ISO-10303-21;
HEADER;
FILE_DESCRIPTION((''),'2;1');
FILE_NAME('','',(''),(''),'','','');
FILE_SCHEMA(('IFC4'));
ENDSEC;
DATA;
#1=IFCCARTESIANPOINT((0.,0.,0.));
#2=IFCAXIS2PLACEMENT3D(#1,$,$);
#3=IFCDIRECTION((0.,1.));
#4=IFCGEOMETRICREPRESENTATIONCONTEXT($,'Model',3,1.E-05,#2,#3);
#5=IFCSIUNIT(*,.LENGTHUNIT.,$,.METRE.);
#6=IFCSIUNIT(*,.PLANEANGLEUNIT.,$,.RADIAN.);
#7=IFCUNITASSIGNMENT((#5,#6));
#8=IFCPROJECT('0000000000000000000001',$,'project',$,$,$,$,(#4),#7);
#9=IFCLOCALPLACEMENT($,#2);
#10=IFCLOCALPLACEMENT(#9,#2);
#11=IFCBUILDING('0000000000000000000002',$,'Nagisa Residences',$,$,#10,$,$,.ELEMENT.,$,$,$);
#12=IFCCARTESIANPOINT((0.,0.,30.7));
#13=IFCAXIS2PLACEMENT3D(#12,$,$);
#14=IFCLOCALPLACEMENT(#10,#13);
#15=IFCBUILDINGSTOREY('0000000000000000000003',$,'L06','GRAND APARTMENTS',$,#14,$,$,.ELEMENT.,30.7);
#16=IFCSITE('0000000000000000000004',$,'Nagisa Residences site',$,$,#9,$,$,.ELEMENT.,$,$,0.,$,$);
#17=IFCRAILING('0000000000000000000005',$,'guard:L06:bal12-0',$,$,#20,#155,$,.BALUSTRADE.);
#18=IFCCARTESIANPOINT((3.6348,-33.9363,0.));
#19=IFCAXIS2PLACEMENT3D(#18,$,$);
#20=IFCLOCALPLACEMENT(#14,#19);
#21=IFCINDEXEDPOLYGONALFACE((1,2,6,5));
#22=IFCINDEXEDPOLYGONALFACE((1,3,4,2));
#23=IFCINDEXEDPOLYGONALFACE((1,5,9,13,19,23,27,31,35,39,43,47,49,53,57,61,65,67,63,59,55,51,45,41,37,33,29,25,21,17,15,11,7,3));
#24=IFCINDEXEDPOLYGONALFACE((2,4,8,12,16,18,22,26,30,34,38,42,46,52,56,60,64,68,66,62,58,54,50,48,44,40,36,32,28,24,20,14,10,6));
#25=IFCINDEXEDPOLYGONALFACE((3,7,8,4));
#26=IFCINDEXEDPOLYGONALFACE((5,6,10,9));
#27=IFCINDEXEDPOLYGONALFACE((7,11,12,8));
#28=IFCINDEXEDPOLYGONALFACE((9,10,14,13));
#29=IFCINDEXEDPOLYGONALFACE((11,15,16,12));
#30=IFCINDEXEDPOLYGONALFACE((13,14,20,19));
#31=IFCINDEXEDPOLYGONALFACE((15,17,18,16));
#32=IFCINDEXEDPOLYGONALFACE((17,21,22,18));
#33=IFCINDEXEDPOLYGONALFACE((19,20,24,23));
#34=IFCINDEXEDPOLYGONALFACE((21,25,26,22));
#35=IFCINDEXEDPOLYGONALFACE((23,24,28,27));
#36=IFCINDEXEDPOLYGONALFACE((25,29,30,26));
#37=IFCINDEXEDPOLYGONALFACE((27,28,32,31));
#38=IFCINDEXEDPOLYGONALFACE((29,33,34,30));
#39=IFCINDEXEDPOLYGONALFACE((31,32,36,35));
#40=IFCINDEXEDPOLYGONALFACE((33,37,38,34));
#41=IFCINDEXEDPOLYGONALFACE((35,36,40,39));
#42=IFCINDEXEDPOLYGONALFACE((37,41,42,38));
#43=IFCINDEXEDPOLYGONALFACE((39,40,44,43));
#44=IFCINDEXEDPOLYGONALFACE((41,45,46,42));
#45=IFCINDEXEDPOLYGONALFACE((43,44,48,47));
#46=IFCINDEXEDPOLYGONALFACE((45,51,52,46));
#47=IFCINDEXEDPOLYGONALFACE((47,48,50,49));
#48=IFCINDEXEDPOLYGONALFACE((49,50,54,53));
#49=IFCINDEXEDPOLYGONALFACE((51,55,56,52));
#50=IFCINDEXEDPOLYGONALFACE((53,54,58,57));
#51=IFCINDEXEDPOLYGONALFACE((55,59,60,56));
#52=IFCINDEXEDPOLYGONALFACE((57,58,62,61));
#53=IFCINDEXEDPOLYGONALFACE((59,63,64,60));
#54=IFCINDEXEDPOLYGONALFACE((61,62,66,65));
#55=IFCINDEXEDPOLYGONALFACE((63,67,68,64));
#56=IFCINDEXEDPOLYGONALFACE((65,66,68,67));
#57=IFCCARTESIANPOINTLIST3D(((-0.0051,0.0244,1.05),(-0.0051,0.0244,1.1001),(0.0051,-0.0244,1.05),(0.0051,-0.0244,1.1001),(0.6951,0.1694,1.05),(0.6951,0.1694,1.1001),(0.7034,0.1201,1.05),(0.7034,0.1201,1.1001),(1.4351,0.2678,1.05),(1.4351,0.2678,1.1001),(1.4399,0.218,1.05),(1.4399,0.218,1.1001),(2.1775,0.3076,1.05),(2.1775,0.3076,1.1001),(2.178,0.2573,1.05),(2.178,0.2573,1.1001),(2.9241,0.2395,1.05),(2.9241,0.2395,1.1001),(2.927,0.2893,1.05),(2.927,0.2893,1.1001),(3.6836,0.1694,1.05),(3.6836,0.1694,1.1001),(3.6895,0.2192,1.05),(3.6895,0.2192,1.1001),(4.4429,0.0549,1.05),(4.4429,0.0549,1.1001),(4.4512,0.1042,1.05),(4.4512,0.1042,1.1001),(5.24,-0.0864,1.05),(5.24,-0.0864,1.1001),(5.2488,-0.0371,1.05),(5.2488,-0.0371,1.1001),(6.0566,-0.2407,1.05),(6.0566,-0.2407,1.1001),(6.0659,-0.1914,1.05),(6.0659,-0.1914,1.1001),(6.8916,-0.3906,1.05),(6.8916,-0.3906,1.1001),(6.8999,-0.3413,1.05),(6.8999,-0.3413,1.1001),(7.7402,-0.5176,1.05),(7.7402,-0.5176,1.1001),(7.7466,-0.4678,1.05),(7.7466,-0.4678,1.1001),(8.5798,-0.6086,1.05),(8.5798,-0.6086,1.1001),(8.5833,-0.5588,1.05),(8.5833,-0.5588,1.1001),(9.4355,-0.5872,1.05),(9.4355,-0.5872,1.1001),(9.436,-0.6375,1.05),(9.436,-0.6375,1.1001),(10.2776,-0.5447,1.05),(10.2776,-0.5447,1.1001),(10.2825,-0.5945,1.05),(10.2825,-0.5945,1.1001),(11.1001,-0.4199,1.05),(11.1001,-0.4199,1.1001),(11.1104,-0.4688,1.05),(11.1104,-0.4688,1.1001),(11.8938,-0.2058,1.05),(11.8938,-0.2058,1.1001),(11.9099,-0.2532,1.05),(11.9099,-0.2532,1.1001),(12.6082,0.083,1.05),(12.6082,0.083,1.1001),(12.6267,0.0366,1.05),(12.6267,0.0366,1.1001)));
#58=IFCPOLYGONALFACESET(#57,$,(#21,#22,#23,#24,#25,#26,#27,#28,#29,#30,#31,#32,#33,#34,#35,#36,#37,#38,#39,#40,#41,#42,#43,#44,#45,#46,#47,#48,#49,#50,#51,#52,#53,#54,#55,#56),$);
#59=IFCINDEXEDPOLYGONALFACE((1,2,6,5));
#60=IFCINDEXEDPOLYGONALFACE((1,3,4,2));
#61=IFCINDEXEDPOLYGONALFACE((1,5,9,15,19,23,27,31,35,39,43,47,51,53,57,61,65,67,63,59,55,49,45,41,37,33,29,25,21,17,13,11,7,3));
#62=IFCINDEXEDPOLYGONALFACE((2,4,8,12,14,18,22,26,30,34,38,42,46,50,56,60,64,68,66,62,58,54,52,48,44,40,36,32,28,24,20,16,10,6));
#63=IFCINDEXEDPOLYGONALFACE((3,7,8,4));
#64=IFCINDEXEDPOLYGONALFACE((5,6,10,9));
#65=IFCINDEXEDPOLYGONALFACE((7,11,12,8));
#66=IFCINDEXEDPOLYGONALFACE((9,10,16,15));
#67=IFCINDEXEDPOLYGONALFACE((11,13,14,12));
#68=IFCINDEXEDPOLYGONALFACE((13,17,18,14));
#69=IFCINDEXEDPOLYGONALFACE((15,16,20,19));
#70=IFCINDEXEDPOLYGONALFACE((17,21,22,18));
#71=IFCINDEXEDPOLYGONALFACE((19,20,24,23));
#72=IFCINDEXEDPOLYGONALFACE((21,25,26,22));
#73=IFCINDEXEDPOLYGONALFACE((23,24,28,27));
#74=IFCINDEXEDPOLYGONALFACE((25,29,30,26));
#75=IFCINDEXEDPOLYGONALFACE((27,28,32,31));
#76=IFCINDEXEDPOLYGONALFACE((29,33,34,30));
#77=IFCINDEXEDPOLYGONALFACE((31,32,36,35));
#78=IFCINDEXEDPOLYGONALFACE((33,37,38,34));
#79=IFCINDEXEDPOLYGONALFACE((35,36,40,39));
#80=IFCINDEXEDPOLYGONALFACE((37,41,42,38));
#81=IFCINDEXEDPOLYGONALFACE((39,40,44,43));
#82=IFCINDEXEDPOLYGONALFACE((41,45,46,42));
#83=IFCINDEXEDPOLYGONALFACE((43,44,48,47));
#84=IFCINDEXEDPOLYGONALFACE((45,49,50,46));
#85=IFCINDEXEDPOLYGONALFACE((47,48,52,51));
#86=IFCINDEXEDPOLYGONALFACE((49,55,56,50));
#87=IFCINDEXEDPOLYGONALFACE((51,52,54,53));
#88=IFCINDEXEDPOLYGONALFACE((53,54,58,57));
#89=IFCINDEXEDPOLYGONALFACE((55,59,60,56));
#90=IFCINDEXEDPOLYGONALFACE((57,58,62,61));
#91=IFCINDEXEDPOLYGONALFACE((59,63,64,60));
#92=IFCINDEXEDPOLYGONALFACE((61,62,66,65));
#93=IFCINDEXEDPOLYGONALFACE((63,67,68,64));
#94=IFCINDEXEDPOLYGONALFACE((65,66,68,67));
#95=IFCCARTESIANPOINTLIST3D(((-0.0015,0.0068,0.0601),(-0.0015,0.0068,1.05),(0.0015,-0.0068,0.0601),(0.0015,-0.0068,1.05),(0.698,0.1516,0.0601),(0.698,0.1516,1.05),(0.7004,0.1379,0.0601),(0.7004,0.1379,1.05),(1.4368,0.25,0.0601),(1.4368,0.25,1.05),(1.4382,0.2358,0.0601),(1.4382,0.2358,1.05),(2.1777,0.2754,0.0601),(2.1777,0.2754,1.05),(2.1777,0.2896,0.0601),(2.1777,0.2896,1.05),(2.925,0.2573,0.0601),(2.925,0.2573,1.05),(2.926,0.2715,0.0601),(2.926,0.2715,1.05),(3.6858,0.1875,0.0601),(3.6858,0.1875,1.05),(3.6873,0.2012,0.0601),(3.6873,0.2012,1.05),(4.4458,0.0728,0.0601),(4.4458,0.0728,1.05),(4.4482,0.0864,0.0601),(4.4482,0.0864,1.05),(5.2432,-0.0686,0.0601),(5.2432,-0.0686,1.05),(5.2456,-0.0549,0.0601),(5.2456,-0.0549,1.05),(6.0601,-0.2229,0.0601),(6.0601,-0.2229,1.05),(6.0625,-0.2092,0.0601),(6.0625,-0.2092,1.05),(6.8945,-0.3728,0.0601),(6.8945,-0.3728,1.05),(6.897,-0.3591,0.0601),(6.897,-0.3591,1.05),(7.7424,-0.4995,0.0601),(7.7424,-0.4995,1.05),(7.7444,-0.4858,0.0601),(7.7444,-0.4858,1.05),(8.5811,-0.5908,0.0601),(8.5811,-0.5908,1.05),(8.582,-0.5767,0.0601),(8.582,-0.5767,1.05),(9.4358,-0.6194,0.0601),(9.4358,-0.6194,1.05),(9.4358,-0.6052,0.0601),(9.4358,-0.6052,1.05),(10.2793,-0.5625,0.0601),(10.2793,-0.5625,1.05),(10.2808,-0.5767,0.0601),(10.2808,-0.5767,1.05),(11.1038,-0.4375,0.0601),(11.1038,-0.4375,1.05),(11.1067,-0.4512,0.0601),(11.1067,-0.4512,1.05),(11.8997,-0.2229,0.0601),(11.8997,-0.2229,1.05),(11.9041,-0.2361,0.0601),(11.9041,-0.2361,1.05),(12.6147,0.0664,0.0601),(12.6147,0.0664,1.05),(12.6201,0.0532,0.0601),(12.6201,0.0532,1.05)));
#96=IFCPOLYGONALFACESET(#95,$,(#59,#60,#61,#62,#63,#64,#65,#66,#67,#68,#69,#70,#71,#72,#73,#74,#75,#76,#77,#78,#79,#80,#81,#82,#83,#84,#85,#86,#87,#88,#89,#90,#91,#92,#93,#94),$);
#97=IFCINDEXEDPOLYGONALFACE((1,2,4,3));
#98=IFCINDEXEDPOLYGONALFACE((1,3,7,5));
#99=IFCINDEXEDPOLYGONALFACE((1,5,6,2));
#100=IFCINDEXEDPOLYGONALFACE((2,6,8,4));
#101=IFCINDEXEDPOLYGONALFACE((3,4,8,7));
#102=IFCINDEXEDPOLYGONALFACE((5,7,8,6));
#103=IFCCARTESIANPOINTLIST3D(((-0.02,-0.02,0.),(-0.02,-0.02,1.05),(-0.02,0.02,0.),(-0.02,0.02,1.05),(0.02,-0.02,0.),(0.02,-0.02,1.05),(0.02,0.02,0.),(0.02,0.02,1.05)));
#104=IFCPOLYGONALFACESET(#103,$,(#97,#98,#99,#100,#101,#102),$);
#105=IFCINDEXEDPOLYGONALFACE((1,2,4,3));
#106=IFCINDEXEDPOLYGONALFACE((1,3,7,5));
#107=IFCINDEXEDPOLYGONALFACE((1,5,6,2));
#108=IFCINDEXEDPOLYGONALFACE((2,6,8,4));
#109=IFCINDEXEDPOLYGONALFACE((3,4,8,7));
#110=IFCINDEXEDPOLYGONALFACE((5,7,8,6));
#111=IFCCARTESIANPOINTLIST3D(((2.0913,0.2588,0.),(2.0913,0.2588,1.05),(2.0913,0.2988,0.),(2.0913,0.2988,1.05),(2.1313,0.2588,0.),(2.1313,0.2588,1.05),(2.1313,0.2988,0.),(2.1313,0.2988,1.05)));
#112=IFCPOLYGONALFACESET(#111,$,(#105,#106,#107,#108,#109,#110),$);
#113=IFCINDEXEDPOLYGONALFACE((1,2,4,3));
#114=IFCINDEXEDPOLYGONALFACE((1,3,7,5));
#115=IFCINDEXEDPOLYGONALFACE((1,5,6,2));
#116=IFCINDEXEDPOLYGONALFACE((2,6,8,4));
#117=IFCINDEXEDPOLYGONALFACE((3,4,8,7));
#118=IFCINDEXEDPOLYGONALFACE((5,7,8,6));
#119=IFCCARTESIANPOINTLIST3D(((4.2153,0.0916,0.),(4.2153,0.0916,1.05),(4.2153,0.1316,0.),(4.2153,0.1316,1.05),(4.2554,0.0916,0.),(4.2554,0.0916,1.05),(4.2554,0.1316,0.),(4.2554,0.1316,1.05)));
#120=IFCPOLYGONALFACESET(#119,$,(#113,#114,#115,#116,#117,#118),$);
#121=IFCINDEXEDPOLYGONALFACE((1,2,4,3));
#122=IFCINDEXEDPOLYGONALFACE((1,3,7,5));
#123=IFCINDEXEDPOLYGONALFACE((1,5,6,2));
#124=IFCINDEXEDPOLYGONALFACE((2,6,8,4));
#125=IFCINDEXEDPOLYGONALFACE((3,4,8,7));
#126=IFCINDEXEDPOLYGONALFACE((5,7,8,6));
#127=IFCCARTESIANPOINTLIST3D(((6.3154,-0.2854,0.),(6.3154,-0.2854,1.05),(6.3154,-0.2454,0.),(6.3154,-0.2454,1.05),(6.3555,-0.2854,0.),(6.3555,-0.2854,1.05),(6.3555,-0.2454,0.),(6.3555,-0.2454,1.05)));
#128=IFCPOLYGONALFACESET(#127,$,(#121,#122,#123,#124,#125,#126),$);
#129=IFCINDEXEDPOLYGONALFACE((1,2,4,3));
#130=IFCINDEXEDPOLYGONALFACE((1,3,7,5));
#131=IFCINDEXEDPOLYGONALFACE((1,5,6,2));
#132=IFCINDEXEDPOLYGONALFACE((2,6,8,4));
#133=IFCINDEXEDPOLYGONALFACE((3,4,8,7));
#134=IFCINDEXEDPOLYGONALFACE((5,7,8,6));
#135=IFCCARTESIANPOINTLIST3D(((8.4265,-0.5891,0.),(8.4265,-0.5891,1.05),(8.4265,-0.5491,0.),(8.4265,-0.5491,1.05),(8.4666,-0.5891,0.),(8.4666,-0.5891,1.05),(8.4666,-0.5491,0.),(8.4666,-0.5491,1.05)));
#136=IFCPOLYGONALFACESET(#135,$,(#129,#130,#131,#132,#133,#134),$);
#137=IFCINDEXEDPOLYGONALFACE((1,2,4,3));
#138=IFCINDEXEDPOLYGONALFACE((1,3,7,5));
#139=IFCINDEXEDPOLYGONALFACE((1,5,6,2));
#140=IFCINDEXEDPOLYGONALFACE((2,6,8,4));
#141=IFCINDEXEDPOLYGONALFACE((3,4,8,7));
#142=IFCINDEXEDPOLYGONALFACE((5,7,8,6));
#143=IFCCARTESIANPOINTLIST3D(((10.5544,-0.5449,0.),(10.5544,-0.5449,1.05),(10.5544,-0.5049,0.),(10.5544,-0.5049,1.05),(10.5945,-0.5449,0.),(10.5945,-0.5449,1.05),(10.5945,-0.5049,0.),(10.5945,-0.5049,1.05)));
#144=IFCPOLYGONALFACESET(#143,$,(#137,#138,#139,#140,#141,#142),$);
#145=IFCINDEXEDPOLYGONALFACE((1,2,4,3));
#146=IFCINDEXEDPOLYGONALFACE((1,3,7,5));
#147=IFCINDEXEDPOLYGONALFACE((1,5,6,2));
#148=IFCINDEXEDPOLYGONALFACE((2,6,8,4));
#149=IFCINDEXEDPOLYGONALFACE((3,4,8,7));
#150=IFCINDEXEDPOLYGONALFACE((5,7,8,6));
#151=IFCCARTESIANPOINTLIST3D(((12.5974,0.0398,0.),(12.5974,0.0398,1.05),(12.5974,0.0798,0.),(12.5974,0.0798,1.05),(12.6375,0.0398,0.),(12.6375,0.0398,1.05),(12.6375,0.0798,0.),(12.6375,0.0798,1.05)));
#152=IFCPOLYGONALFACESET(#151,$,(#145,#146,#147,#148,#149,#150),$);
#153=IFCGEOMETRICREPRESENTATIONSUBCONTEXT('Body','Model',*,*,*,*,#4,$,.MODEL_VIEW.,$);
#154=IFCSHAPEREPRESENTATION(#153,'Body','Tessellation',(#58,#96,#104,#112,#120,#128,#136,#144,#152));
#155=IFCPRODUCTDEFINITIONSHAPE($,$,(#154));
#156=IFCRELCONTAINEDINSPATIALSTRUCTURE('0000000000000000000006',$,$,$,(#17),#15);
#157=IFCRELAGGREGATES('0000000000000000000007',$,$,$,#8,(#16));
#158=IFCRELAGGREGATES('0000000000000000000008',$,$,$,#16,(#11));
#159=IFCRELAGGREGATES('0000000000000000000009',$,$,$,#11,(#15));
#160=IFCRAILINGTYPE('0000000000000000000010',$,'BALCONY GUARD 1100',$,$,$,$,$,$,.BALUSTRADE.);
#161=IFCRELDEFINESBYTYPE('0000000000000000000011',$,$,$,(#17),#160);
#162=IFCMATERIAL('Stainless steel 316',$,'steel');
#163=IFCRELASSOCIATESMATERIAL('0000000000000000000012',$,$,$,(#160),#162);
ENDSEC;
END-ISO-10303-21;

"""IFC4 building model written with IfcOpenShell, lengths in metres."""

from ifc_helpers import new_model, si_unit, direction, frame, origin, origin_2d, place, context, subcontext, project, spatial, polyline, rectangle, outline, extrude, material, type_object, element, save


model = new_model("IFC4")

# Units and contexts
model_context = context("Model", 3, precision=1e-05, world=origin(), true_north=direction((0.0, 1.0)))
body_context = subcontext(model_context, "Body", "Model", "MODEL_VIEW")
ifc_project = project(units=[si_unit("LENGTHUNIT", "METRE"), si_unit("PLANEANGLEUNIT", "RADIAN")], contexts=[model_context])

# Site, building, storey
site_placement = place(None, origin())
site = spatial("IfcSite", under=ifc_project, at=site_placement, Name="Nagisa Residences site", CompositionType="ELEMENT", RefElevation=0.0)
building_placement = place(site_placement, origin())
building = spatial("IfcBuilding", under=site, at=building_placement, Name="Nagisa Residences", CompositionType="ELEMENT")
storey_placement = place(building_placement, frame((0.0, 0.0, 30.7)))
storey = spatial("IfcBuildingStorey", under=building, at=storey_placement, Name="L06", Description="GRAND APARTMENTS", CompositionType="ELEMENT", Elevation=30.7)

# Railing
ifc_material_1 = material(Name="Stainless steel 316", Category="steel")
railing_type = type_object("IfcRailingType", Name="BALCONY GUARD 1100", PredefinedType="BALUSTRADE", material=ifc_material_1)
railing_placement = place(storey_placement, frame((3.6348, -33.9363, 0.0)))
element("IfcRailing", 1, at=railing_placement, inside=storey, type_object=railing_type, Name="guard:L06:bal12-0", PredefinedType="BALUSTRADE", context=body_context, shape_type="SweptSolid", body=[
    extrude(outline(polyline([(0.6951, 0.1694), (-0.0051, 0.0244), (0.0051, -0.0244), (0.7034, 0.1201), (1.4399, 0.218), (2.178, 0.2573), (2.9241, 0.2395), (3.6836, 0.1694), (4.4429, 0.0549), (5.24, -0.0864), (6.0566, -0.2407), (6.8916, -0.3906), (7.7402, -0.5176), (8.5798, -0.6086), (9.436, -0.6375), (10.2825, -0.5945), (11.1104, -0.4688), (11.9099, -0.2532), (12.6267, 0.0366), (12.6082, 0.083), (11.8938, -0.2058), (11.1001, -0.4199), (10.2776, -0.5447), (9.4355, -0.5872), (8.5833, -0.5588), (7.7466, -0.4678), (6.8999, -0.3413), (6.0659, -0.1914), (5.2488, -0.0371), (4.4512, 0.1042), (3.6895, 0.2192), (2.927, 0.2893), (2.1775, 0.3076), (1.4351, 0.2678), (0.6951, 0.1694)])), frame((0.0, 0.0, 1.05)), (0.0, 0.0, 1.0), 0.05),
    extrude(outline(polyline([(0.698, 0.1516), (-0.0015, 0.0068), (0.0015, -0.0068), (0.7004, 0.1379), (1.4382, 0.2358), (2.1777, 0.2754), (2.925, 0.2573), (3.6858, 0.1875), (4.4458, 0.0728), (5.2432, -0.0686), (6.0601, -0.2229), (6.8945, -0.3728), (7.7424, -0.4995), (8.5811, -0.5908), (9.4358, -0.6194), (10.2808, -0.5767), (11.1067, -0.4512), (11.9041, -0.2361), (12.6201, 0.0532), (12.6147, 0.0664), (11.8997, -0.2229), (11.1038, -0.4375), (10.2793, -0.5625), (9.4358, -0.6052), (8.582, -0.5767), (7.7444, -0.4858), (6.897, -0.3591), (6.0625, -0.2092), (5.2456, -0.0549), (4.4482, 0.0864), (3.6873, 0.2012), (2.926, 0.2715), (2.1777, 0.2896), (1.4368, 0.25), (0.698, 0.1516)])), frame((0.0, 0.0, 0.0601)), (0.0, 0.0, 1.0), 0.99),
    extrude(rectangle(XDim=0.04, YDim=0.04, at=origin_2d()), origin(), (0.0, 0.0, 1.0), 1.05),
    extrude(rectangle(XDim=0.04, YDim=0.04, at=origin_2d()), frame((2.1113, 0.2788, 0.0)), (0.0, 0.0, 1.0), 1.05),
    extrude(rectangle(XDim=0.04, YDim=0.04, at=origin_2d()), frame((4.2354, 0.1116, 0.0)), (0.0, 0.0, 1.0), 1.05),
    extrude(rectangle(XDim=0.04, YDim=0.04, at=origin_2d()), frame((6.3354, -0.2654, 0.0)), (0.0, 0.0, 1.0), 1.05),
    extrude(rectangle(XDim=0.04, YDim=0.04, at=origin_2d()), frame((8.4465, -0.5691, 0.0)), (0.0, 0.0, 1.0), 1.05),
    extrude(rectangle(XDim=0.04, YDim=0.04, at=origin_2d()), frame((10.5745, -0.5249, 0.0)), (0.0, 0.0, 1.0), 1.05),
    extrude(rectangle(XDim=0.04, YDim=0.04, at=origin_2d()), frame((12.6174, 0.0598, 0.0)), (0.0, 0.0, 1.0), 1.05),
])

save(model, "model.ifc")
